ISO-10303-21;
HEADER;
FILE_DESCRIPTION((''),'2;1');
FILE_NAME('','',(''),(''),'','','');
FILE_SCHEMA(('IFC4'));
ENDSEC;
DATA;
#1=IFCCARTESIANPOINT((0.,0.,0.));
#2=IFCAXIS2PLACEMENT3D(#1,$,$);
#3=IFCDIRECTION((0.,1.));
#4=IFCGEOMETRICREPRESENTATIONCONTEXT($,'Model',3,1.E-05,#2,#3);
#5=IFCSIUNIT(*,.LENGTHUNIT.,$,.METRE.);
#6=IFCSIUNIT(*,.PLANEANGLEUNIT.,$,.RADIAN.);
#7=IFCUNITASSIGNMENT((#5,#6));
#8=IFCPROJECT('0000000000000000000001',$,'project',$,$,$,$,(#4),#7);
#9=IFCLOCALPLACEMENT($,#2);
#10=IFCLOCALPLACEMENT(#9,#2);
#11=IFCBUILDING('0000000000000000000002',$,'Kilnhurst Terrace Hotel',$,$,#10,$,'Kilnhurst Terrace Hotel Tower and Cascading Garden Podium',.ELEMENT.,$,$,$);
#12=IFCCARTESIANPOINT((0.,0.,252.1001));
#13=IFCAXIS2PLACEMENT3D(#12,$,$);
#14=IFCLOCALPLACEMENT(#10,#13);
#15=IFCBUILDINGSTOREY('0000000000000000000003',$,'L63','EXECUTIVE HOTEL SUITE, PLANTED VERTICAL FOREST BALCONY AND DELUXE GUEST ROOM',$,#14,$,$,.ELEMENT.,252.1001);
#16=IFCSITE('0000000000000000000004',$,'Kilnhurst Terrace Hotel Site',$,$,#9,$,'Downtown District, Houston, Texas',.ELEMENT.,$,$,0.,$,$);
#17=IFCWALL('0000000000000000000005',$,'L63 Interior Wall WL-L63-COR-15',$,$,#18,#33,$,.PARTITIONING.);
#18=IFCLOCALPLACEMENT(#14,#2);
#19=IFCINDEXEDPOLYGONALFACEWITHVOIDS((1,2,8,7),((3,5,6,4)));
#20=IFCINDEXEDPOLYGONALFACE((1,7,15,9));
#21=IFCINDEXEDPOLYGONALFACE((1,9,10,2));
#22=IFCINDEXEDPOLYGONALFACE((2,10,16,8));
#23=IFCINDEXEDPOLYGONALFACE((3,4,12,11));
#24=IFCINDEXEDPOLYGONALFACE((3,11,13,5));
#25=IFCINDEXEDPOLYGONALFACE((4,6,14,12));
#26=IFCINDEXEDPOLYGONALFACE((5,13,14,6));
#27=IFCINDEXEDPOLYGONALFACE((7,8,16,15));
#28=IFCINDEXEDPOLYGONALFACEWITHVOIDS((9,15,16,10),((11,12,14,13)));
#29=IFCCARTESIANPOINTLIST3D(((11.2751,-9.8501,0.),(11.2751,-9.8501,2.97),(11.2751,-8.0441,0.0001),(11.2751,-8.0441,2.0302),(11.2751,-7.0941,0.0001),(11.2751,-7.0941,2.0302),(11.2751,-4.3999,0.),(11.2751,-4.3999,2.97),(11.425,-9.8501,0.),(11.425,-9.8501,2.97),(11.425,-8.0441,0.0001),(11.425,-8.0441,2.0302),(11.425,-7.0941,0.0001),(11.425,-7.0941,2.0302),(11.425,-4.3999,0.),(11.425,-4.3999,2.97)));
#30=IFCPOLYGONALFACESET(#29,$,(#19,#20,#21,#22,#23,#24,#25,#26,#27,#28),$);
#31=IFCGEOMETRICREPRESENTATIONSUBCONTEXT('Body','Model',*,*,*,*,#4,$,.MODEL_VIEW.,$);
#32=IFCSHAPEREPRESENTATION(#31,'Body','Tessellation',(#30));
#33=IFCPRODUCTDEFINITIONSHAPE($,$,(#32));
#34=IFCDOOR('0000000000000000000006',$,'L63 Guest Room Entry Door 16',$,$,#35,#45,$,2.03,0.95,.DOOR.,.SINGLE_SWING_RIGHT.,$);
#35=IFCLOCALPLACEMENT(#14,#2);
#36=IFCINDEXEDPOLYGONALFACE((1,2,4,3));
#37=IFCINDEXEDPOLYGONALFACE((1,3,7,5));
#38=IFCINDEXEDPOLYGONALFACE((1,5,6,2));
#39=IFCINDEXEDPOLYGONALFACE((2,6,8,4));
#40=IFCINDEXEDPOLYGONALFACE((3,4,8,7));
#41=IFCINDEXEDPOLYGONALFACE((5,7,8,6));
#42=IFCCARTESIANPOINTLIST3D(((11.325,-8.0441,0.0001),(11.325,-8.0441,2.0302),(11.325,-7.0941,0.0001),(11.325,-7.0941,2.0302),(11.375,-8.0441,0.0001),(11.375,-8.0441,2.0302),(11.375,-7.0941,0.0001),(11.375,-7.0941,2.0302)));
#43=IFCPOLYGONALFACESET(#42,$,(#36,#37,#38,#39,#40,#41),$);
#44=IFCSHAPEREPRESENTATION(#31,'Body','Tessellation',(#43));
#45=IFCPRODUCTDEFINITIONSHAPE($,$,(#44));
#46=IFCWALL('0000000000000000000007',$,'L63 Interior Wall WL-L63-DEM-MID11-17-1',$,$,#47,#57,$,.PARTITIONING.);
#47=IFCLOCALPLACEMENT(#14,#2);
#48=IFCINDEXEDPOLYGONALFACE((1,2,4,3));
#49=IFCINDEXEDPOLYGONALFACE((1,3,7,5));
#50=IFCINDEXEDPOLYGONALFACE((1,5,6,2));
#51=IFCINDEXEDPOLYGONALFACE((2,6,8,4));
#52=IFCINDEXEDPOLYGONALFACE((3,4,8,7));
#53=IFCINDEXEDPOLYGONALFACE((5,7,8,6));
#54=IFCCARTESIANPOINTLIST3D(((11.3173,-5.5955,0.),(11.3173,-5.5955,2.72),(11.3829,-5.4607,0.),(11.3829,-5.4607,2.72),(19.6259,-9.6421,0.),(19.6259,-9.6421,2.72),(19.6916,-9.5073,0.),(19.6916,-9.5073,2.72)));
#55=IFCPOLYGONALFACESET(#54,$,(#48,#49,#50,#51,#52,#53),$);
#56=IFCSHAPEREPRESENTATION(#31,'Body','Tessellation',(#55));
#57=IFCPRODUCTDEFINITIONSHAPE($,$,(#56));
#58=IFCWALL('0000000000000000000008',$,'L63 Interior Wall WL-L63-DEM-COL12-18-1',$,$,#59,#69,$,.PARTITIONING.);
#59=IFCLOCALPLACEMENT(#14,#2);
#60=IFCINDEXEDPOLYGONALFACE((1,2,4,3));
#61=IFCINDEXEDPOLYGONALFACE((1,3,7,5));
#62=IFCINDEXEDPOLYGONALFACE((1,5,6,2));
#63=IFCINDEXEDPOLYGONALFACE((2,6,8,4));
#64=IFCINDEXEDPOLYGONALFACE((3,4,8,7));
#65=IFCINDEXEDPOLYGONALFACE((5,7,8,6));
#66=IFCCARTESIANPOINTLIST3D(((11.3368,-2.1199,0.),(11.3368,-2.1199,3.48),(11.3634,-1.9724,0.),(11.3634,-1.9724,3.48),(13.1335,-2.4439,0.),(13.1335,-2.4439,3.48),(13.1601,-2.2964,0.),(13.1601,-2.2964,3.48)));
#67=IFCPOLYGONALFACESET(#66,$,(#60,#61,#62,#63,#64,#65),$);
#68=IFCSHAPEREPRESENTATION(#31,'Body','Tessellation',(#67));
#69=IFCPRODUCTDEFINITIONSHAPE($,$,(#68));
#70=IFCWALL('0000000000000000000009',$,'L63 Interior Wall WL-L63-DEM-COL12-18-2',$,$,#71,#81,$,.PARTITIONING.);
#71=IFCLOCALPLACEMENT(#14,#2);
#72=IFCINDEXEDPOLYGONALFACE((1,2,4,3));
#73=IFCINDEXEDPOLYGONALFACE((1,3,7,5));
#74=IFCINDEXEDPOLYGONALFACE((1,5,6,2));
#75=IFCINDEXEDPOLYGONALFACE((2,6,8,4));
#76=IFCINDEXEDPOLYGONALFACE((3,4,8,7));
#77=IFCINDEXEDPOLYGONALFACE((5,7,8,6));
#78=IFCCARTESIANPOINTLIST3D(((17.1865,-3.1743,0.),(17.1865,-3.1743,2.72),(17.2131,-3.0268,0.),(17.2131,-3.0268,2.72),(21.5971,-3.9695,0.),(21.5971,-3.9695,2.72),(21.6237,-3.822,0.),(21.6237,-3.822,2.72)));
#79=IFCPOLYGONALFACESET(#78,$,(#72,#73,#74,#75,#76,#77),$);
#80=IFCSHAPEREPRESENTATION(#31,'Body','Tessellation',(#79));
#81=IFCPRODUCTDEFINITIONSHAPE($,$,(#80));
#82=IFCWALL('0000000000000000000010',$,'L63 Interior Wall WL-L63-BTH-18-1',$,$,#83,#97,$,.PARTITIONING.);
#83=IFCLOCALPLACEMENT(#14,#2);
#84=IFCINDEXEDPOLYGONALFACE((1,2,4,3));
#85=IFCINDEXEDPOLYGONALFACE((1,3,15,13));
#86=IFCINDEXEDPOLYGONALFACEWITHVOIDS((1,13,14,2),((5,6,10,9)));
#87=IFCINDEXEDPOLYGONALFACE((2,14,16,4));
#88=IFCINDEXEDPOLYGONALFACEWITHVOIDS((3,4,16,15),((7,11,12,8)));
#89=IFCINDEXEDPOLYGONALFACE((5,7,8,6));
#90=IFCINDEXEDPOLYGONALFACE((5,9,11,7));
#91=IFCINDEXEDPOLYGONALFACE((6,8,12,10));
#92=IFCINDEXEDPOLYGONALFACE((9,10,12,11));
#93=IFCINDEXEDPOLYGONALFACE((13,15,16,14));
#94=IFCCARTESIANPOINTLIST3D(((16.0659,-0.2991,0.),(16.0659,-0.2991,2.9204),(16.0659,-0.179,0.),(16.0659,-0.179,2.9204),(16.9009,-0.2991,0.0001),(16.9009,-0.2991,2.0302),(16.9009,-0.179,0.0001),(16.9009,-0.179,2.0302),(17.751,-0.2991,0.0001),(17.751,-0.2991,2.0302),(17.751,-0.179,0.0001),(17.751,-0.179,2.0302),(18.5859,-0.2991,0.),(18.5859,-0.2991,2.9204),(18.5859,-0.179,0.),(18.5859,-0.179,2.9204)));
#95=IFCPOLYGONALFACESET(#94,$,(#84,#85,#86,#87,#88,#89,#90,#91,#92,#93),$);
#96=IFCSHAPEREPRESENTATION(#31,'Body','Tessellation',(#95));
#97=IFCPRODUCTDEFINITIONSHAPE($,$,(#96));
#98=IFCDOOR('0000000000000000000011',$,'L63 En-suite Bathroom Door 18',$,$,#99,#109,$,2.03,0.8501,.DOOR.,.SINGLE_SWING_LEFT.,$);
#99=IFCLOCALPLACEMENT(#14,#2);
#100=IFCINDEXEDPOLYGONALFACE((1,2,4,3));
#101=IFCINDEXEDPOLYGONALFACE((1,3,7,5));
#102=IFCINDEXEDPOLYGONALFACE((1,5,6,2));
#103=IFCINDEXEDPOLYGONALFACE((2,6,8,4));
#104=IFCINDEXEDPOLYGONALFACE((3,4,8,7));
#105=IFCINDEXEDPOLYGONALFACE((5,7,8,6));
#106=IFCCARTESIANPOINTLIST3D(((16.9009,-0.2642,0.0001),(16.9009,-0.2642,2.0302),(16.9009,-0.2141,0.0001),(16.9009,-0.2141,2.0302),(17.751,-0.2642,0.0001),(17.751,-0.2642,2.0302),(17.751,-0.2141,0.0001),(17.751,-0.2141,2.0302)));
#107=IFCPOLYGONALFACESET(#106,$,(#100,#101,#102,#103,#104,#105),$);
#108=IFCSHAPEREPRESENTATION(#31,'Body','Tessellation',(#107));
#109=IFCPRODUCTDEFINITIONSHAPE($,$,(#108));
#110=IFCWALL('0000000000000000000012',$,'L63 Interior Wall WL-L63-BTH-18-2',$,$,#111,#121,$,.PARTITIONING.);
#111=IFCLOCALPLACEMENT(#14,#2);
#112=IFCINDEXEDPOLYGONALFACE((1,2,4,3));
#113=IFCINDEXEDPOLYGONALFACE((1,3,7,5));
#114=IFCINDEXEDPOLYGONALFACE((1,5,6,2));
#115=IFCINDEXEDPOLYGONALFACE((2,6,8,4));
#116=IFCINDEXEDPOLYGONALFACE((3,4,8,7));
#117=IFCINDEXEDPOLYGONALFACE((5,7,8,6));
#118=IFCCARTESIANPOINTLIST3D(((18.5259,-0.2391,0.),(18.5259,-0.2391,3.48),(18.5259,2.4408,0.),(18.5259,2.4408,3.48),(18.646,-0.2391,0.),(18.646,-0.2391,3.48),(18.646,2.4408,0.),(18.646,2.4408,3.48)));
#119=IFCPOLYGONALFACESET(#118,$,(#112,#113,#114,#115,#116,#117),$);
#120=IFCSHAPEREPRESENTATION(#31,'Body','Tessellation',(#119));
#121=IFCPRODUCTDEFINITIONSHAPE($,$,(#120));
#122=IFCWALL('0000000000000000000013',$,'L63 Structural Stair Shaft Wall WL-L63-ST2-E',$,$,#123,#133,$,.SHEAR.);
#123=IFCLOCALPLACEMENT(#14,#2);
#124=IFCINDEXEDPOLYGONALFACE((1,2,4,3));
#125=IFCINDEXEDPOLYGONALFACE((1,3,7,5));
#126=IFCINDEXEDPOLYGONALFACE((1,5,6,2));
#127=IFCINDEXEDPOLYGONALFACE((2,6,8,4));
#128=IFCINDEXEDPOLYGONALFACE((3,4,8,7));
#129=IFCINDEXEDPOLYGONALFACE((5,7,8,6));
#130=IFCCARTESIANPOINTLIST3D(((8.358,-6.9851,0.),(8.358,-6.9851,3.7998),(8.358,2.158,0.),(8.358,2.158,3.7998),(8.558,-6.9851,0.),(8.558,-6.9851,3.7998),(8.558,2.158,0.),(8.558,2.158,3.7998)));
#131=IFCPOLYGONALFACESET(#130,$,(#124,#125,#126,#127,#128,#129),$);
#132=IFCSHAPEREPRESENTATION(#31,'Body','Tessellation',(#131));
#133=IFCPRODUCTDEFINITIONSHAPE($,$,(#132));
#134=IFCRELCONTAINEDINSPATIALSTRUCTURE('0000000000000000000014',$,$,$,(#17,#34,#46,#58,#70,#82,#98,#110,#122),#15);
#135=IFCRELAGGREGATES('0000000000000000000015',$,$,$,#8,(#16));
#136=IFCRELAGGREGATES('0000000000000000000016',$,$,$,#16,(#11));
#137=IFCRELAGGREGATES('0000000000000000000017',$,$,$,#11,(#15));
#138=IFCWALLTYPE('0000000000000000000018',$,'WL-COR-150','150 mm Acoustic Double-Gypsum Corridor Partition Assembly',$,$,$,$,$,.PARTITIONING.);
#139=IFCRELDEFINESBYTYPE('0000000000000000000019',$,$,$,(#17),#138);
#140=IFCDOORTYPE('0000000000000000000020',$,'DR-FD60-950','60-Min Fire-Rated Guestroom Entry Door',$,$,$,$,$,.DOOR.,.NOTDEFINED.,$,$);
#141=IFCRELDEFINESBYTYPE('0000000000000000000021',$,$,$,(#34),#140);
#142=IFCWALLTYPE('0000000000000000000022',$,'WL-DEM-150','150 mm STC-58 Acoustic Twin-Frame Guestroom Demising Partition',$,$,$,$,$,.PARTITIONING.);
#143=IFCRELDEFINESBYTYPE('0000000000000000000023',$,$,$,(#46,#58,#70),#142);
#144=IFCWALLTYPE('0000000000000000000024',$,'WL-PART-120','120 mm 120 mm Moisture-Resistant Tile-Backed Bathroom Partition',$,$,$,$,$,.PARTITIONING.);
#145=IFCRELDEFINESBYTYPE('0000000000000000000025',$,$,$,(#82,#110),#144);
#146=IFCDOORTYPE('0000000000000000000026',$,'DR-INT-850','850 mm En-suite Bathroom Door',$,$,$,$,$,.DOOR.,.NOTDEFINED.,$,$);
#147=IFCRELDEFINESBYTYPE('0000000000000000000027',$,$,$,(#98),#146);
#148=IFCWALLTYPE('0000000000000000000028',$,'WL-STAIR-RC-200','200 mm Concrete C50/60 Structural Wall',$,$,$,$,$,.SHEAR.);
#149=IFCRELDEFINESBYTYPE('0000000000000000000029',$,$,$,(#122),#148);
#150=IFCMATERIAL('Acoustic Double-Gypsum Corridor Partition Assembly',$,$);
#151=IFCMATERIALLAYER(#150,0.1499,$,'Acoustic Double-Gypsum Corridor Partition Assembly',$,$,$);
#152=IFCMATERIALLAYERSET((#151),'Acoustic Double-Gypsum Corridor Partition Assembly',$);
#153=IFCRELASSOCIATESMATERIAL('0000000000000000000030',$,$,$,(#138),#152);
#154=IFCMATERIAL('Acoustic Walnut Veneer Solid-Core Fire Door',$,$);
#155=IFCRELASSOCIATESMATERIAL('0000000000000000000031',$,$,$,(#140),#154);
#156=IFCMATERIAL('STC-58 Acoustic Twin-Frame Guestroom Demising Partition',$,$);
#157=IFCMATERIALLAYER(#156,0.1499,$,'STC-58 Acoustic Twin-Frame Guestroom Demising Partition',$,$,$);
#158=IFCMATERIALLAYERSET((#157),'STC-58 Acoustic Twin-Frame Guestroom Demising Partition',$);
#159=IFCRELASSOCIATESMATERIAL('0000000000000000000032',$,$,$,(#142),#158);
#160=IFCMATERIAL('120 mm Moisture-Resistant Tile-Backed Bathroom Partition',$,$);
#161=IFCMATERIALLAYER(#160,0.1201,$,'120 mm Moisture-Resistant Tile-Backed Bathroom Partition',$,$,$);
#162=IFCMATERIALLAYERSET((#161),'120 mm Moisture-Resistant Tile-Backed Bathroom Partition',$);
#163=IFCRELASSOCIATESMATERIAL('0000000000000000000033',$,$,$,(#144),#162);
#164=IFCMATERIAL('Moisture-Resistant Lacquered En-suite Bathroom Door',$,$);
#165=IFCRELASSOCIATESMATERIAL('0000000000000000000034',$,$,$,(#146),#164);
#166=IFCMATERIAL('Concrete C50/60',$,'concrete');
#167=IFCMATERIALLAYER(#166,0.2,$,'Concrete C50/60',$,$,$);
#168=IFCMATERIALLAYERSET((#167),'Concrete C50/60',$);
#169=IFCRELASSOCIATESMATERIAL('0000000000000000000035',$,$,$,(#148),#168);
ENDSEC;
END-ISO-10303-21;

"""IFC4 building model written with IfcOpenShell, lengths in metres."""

from ifc_helpers import new_model, si_unit, direction, frame, frame_2d, origin, place, context, subcontext, project, spatial, rectangle, extrude, material, layer, layer_set, type_object, element, fill, save


model = new_model("IFC4")

# Units and contexts
model_context = context("Model", 3, precision=1e-05, world=origin(), true_north=direction((0.0, 1.0)))
body_context = subcontext(model_context, "Body", "Model", "MODEL_VIEW")
ifc_project = project(units=[si_unit("LENGTHUNIT", "METRE"), si_unit("PLANEANGLEUNIT", "RADIAN")], contexts=[model_context])

# Site, building, storey
site_placement = place(None, origin())
site = spatial("IfcSite", under=ifc_project, at=site_placement, Name="Kilnhurst Terrace Hotel Site", LongName="Downtown District, Houston, Texas", CompositionType="ELEMENT", RefElevation=0.0)
building_placement = place(site_placement, origin())
building = spatial("IfcBuilding", under=site, at=building_placement, Name="Kilnhurst Terrace Hotel", LongName="Kilnhurst Terrace Hotel Tower and Cascading Garden Podium", CompositionType="ELEMENT")
storey_placement = place(building_placement, frame((0.0, 0.0, 252.1001)))
storey = spatial("IfcBuildingStorey", under=building, at=storey_placement, Name="L63", Description="EXECUTIVE HOTEL SUITE, PLANTED VERTICAL FOREST BALCONY AND DELUXE GUEST ROOM", CompositionType="ELEMENT", Elevation=252.1001)

# Shared definitions
ifc_material_1 = material(Name="Concrete C50/60", Category="concrete")

# Shared definitions
ifc_material_2 = material(Name="Acoustic Double-Gypsum Corridor Partition Assembly")
ifc_layer_1 = layer(ifc_material_2, 0.1499, Name="Acoustic Double-Gypsum Corridor Partition Assembly")
ifc_layer_set_1 = layer_set([ifc_layer_1], Name="Acoustic Double-Gypsum Corridor Partition Assembly")
wall_type_1 = type_object("IfcWallType", Name="WL-COR-150", Description="150 mm Acoustic Double-Gypsum Corridor Partition Assembly", PredefinedType="PARTITIONING", material=ifc_layer_set_1)

# Wall, opening, door
wall_1_placement = place(storey_placement, frame((11.3501, -4.3999, 0.0), z_axis=(0.0, 0.0, 1.0), x_axis=(0.0, -1.0, 0.0)))
wall_1 = element("IfcWall", 1, at=wall_1_placement, inside=storey, type_object=wall_type_1, Name="L63 Interior Wall WL-L63-COR-15", PredefinedType="PARTITIONING", context=body_context, shape_type="SweptSolid", body=[
    extrude(rectangle(XDim=5.4502, YDim=0.1499, at=frame_2d((2.7251, 0.0))), origin(), (0.0, 0.0, 1.0), 2.97),
])
opening_1_placement = place(wall_1_placement, frame((2.6941, 0.0, 0.0)))
opening_1 = element("IfcOpeningElement", 2, at=opening_1_placement, cuts=wall_1, PredefinedType="OPENING", context=body_context, shape_type="SweptSolid", body=[
    extrude(rectangle(XDim=0.95, YDim=2.03, at=frame_2d((0.4751, 1.0151))), frame((0.0, 0.085, 0.0), z_axis=(0.0, -1.0, 0.0), x_axis=(1.0, 0.0, 0.0)), (0.0, 0.0, 1.0), 0.1699),
])
ifc_material_3 = material(Name="Acoustic Walnut Veneer Solid-Core Fire Door")
door_type_1 = type_object("IfcDoorType", Name="DR-FD60-950", Description="60-Min Fire-Rated Guestroom Entry Door", OperationType="NOTDEFINED", PredefinedType="DOOR", material=ifc_material_3)
door_1_placement = place(opening_1_placement, origin())
door_1 = element("IfcDoor", 3, at=door_1_placement, inside=storey, type_object=door_type_1, Name="L63 Guest Room Entry Door 16", OperationType="SINGLE_SWING_RIGHT", OverallHeight=2.03, OverallWidth=0.95, PredefinedType="DOOR", context=body_context, shape_type="SweptSolid", body=[
    extrude(rectangle(XDim=0.95, YDim=2.03, at=frame_2d((0.4751, 1.0151))), frame((0.0, 0.0249, 0.0), z_axis=(0.0, -1.0, 0.0), x_axis=(1.0, 0.0, 0.0)), (0.0, 0.0, 1.0), 0.05),
])
fill(opening_1, door_1)

# Walls
ifc_material_4 = material(Name="STC-58 Acoustic Twin-Frame Guestroom Demising Partition")
ifc_layer_2 = layer(ifc_material_4, 0.1499, Name="STC-58 Acoustic Twin-Frame Guestroom Demising Partition")
ifc_layer_set_2 = layer_set([ifc_layer_2], Name="STC-58 Acoustic Twin-Frame Guestroom Demising Partition")
wall_type_2 = type_object("IfcWallType", Name="WL-DEM-150", Description="150 mm STC-58 Acoustic Twin-Frame Guestroom Demising Partition", PredefinedType="PARTITIONING", material=ifc_layer_set_2)
wall_2_placement = place(storey_placement, frame((11.3501, -5.5281, 0.0), z_axis=(0.0, 0.0, 1.0), x_axis=(0.899039, -0.437869, 0.0)))
element("IfcWall", 4, at=wall_2_placement, inside=storey, type_object=wall_type_2, Name="L63 Interior Wall WL-L63-DEM-MID11-17-1", PredefinedType="PARTITIONING", context=body_context, shape_type="SweptSolid", body=[
    extrude(rectangle(XDim=9.2417, YDim=0.1499, at=frame_2d((4.6208, 0.0))), origin(), (0.0, 0.0, 1.0), 2.72),
])
wall_3_placement = place(storey_placement, frame((11.3501, -2.0461, 0.0), z_axis=(0.0, 0.0, 1.0), x_axis=(0.984128, -0.177461, 0.0)))
element("IfcWall", 5, at=wall_3_placement, inside=storey, type_object=wall_type_2, Name="L63 Interior Wall WL-L63-DEM-COL12-18-1", PredefinedType="PARTITIONING", context=body_context, shape_type="SweptSolid", body=[
    extrude(rectangle(XDim=1.8257, YDim=0.1499, at=frame_2d((0.9128, 0.0))), origin(), (0.0, 0.0, 1.0), 3.48),
])
wall_4_placement = place(storey_placement, frame((17.2, -3.1006, 0.0), z_axis=(0.0, 0.0, 1.0), x_axis=(0.984135, -0.177423, 0.0)))
element("IfcWall", 6, at=wall_4_placement, inside=storey, type_object=wall_type_2, Name="L63 Interior Wall WL-L63-DEM-COL12-18-2", PredefinedType="PARTITIONING", context=body_context, shape_type="SweptSolid", body=[
    extrude(rectangle(XDim=4.4817, YDim=0.1499, at=frame_2d((2.2407, 0.0))), origin(), (0.0, 0.0, 1.0), 2.72),
])

# Wall, opening, door
ifc_material_5 = material(Name="120 mm Moisture-Resistant Tile-Backed Bathroom Partition")
ifc_layer_3 = layer(ifc_material_5, 0.1201, Name="120 mm Moisture-Resistant Tile-Backed Bathroom Partition")
ifc_layer_set_3 = layer_set([ifc_layer_3], Name="120 mm Moisture-Resistant Tile-Backed Bathroom Partition")
wall_type_3 = type_object("IfcWallType", Name="WL-PART-120", Description="120 mm 120 mm Moisture-Resistant Tile-Backed Bathroom Partition", PredefinedType="PARTITIONING", material=ifc_layer_set_3)
wall_5_placement = place(storey_placement, frame((16.0659, -0.239, 0.0), z_axis=(0.0, 0.0, 1.0), x_axis=(1.0, 0.0, 0.0)))
wall_5 = element("IfcWall", 7, at=wall_5_placement, inside=storey, type_object=wall_type_3, Name="L63 Interior Wall WL-L63-BTH-18-1", PredefinedType="PARTITIONING", context=body_context, shape_type="SweptSolid", body=[
    extrude(rectangle(XDim=2.52, YDim=0.1201, at=frame_2d((1.26, 0.0))), origin(), (0.0, 0.0, 1.0), 2.9204),
])
opening_2_placement = place(wall_5_placement, frame((0.835, 0.0, 0.0)))
opening_2 = element("IfcOpeningElement", 8, at=opening_2_placement, cuts=wall_5, PredefinedType="OPENING", context=body_context, shape_type="SweptSolid", body=[
    extrude(rectangle(XDim=0.8501, YDim=2.03, at=frame_2d((0.425, 1.0151))), frame((0.0, 0.0701, 0.0), z_axis=(0.0, -1.0, 0.0), x_axis=(1.0, 0.0, 0.0)), (0.0, 0.0, 1.0), 0.1401),
])
ifc_material_6 = material(Name="Moisture-Resistant Lacquered En-suite Bathroom Door")
door_type_2 = type_object("IfcDoorType", Name="DR-INT-850", Description="850 mm En-suite Bathroom Door", OperationType="NOTDEFINED", PredefinedType="DOOR", material=ifc_material_6)
door_2_placement = place(opening_2_placement, origin())
door_2 = element("IfcDoor", 9, at=door_2_placement, inside=storey, type_object=door_type_2, Name="L63 En-suite Bathroom Door 18", OperationType="SINGLE_SWING_LEFT", OverallHeight=2.03, OverallWidth=0.8501, PredefinedType="DOOR", context=body_context, shape_type="SweptSolid", body=[
    extrude(rectangle(XDim=0.8501, YDim=2.03, at=frame_2d((0.425, 1.0151))), frame((0.0, 0.0249, 0.0), z_axis=(0.0, -1.0, 0.0), x_axis=(1.0, 0.0, 0.0)), (0.0, 0.0, 1.0), 0.05),
])
fill(opening_2, door_2)

# Walls
wall_6_placement = place(storey_placement, frame((18.5859, -0.239, 0.0), z_axis=(0.0, 0.0, 1.0), x_axis=(0.0, 1.0, 0.0)))
element("IfcWall", 10, at=wall_6_placement, inside=storey, type_object=wall_type_3, Name="L63 Interior Wall WL-L63-BTH-18-2", PredefinedType="PARTITIONING", context=body_context, shape_type="SweptSolid", body=[
    extrude(rectangle(XDim=2.6799, YDim=0.1201, at=frame_2d((1.3398, 0.0))), origin(), (0.0, 0.0, 1.0), 3.48),
])
ifc_layer_4 = layer(ifc_material_1, 0.2, Name="Concrete C50/60")
ifc_layer_set_4 = layer_set([ifc_layer_4], Name="Concrete C50/60")
wall_type_4 = type_object("IfcWallType", Name="WL-STAIR-RC-200", Description="200 mm Concrete C50/60 Structural Wall", PredefinedType="SHEAR", material=ifc_layer_set_4)
wall_7_placement = place(storey_placement, frame((8.458, -6.9851, 0.0), z_axis=(0.0, 0.0, 1.0), x_axis=(0.0, 1.0, 0.0)))
element("IfcWall", 11, at=wall_7_placement, inside=storey, type_object=wall_type_4, Name="L63 Structural Stair Shaft Wall WL-L63-ST2-E", PredefinedType="SHEAR", context=body_context, shape_type="SweptSolid", body=[
    extrude(rectangle(XDim=9.1431, YDim=0.2, at=frame_2d((4.5715, 0.0))), origin(), (0.0, 0.0, 1.0), 3.7998),
])

save(model, "model.ifc")
